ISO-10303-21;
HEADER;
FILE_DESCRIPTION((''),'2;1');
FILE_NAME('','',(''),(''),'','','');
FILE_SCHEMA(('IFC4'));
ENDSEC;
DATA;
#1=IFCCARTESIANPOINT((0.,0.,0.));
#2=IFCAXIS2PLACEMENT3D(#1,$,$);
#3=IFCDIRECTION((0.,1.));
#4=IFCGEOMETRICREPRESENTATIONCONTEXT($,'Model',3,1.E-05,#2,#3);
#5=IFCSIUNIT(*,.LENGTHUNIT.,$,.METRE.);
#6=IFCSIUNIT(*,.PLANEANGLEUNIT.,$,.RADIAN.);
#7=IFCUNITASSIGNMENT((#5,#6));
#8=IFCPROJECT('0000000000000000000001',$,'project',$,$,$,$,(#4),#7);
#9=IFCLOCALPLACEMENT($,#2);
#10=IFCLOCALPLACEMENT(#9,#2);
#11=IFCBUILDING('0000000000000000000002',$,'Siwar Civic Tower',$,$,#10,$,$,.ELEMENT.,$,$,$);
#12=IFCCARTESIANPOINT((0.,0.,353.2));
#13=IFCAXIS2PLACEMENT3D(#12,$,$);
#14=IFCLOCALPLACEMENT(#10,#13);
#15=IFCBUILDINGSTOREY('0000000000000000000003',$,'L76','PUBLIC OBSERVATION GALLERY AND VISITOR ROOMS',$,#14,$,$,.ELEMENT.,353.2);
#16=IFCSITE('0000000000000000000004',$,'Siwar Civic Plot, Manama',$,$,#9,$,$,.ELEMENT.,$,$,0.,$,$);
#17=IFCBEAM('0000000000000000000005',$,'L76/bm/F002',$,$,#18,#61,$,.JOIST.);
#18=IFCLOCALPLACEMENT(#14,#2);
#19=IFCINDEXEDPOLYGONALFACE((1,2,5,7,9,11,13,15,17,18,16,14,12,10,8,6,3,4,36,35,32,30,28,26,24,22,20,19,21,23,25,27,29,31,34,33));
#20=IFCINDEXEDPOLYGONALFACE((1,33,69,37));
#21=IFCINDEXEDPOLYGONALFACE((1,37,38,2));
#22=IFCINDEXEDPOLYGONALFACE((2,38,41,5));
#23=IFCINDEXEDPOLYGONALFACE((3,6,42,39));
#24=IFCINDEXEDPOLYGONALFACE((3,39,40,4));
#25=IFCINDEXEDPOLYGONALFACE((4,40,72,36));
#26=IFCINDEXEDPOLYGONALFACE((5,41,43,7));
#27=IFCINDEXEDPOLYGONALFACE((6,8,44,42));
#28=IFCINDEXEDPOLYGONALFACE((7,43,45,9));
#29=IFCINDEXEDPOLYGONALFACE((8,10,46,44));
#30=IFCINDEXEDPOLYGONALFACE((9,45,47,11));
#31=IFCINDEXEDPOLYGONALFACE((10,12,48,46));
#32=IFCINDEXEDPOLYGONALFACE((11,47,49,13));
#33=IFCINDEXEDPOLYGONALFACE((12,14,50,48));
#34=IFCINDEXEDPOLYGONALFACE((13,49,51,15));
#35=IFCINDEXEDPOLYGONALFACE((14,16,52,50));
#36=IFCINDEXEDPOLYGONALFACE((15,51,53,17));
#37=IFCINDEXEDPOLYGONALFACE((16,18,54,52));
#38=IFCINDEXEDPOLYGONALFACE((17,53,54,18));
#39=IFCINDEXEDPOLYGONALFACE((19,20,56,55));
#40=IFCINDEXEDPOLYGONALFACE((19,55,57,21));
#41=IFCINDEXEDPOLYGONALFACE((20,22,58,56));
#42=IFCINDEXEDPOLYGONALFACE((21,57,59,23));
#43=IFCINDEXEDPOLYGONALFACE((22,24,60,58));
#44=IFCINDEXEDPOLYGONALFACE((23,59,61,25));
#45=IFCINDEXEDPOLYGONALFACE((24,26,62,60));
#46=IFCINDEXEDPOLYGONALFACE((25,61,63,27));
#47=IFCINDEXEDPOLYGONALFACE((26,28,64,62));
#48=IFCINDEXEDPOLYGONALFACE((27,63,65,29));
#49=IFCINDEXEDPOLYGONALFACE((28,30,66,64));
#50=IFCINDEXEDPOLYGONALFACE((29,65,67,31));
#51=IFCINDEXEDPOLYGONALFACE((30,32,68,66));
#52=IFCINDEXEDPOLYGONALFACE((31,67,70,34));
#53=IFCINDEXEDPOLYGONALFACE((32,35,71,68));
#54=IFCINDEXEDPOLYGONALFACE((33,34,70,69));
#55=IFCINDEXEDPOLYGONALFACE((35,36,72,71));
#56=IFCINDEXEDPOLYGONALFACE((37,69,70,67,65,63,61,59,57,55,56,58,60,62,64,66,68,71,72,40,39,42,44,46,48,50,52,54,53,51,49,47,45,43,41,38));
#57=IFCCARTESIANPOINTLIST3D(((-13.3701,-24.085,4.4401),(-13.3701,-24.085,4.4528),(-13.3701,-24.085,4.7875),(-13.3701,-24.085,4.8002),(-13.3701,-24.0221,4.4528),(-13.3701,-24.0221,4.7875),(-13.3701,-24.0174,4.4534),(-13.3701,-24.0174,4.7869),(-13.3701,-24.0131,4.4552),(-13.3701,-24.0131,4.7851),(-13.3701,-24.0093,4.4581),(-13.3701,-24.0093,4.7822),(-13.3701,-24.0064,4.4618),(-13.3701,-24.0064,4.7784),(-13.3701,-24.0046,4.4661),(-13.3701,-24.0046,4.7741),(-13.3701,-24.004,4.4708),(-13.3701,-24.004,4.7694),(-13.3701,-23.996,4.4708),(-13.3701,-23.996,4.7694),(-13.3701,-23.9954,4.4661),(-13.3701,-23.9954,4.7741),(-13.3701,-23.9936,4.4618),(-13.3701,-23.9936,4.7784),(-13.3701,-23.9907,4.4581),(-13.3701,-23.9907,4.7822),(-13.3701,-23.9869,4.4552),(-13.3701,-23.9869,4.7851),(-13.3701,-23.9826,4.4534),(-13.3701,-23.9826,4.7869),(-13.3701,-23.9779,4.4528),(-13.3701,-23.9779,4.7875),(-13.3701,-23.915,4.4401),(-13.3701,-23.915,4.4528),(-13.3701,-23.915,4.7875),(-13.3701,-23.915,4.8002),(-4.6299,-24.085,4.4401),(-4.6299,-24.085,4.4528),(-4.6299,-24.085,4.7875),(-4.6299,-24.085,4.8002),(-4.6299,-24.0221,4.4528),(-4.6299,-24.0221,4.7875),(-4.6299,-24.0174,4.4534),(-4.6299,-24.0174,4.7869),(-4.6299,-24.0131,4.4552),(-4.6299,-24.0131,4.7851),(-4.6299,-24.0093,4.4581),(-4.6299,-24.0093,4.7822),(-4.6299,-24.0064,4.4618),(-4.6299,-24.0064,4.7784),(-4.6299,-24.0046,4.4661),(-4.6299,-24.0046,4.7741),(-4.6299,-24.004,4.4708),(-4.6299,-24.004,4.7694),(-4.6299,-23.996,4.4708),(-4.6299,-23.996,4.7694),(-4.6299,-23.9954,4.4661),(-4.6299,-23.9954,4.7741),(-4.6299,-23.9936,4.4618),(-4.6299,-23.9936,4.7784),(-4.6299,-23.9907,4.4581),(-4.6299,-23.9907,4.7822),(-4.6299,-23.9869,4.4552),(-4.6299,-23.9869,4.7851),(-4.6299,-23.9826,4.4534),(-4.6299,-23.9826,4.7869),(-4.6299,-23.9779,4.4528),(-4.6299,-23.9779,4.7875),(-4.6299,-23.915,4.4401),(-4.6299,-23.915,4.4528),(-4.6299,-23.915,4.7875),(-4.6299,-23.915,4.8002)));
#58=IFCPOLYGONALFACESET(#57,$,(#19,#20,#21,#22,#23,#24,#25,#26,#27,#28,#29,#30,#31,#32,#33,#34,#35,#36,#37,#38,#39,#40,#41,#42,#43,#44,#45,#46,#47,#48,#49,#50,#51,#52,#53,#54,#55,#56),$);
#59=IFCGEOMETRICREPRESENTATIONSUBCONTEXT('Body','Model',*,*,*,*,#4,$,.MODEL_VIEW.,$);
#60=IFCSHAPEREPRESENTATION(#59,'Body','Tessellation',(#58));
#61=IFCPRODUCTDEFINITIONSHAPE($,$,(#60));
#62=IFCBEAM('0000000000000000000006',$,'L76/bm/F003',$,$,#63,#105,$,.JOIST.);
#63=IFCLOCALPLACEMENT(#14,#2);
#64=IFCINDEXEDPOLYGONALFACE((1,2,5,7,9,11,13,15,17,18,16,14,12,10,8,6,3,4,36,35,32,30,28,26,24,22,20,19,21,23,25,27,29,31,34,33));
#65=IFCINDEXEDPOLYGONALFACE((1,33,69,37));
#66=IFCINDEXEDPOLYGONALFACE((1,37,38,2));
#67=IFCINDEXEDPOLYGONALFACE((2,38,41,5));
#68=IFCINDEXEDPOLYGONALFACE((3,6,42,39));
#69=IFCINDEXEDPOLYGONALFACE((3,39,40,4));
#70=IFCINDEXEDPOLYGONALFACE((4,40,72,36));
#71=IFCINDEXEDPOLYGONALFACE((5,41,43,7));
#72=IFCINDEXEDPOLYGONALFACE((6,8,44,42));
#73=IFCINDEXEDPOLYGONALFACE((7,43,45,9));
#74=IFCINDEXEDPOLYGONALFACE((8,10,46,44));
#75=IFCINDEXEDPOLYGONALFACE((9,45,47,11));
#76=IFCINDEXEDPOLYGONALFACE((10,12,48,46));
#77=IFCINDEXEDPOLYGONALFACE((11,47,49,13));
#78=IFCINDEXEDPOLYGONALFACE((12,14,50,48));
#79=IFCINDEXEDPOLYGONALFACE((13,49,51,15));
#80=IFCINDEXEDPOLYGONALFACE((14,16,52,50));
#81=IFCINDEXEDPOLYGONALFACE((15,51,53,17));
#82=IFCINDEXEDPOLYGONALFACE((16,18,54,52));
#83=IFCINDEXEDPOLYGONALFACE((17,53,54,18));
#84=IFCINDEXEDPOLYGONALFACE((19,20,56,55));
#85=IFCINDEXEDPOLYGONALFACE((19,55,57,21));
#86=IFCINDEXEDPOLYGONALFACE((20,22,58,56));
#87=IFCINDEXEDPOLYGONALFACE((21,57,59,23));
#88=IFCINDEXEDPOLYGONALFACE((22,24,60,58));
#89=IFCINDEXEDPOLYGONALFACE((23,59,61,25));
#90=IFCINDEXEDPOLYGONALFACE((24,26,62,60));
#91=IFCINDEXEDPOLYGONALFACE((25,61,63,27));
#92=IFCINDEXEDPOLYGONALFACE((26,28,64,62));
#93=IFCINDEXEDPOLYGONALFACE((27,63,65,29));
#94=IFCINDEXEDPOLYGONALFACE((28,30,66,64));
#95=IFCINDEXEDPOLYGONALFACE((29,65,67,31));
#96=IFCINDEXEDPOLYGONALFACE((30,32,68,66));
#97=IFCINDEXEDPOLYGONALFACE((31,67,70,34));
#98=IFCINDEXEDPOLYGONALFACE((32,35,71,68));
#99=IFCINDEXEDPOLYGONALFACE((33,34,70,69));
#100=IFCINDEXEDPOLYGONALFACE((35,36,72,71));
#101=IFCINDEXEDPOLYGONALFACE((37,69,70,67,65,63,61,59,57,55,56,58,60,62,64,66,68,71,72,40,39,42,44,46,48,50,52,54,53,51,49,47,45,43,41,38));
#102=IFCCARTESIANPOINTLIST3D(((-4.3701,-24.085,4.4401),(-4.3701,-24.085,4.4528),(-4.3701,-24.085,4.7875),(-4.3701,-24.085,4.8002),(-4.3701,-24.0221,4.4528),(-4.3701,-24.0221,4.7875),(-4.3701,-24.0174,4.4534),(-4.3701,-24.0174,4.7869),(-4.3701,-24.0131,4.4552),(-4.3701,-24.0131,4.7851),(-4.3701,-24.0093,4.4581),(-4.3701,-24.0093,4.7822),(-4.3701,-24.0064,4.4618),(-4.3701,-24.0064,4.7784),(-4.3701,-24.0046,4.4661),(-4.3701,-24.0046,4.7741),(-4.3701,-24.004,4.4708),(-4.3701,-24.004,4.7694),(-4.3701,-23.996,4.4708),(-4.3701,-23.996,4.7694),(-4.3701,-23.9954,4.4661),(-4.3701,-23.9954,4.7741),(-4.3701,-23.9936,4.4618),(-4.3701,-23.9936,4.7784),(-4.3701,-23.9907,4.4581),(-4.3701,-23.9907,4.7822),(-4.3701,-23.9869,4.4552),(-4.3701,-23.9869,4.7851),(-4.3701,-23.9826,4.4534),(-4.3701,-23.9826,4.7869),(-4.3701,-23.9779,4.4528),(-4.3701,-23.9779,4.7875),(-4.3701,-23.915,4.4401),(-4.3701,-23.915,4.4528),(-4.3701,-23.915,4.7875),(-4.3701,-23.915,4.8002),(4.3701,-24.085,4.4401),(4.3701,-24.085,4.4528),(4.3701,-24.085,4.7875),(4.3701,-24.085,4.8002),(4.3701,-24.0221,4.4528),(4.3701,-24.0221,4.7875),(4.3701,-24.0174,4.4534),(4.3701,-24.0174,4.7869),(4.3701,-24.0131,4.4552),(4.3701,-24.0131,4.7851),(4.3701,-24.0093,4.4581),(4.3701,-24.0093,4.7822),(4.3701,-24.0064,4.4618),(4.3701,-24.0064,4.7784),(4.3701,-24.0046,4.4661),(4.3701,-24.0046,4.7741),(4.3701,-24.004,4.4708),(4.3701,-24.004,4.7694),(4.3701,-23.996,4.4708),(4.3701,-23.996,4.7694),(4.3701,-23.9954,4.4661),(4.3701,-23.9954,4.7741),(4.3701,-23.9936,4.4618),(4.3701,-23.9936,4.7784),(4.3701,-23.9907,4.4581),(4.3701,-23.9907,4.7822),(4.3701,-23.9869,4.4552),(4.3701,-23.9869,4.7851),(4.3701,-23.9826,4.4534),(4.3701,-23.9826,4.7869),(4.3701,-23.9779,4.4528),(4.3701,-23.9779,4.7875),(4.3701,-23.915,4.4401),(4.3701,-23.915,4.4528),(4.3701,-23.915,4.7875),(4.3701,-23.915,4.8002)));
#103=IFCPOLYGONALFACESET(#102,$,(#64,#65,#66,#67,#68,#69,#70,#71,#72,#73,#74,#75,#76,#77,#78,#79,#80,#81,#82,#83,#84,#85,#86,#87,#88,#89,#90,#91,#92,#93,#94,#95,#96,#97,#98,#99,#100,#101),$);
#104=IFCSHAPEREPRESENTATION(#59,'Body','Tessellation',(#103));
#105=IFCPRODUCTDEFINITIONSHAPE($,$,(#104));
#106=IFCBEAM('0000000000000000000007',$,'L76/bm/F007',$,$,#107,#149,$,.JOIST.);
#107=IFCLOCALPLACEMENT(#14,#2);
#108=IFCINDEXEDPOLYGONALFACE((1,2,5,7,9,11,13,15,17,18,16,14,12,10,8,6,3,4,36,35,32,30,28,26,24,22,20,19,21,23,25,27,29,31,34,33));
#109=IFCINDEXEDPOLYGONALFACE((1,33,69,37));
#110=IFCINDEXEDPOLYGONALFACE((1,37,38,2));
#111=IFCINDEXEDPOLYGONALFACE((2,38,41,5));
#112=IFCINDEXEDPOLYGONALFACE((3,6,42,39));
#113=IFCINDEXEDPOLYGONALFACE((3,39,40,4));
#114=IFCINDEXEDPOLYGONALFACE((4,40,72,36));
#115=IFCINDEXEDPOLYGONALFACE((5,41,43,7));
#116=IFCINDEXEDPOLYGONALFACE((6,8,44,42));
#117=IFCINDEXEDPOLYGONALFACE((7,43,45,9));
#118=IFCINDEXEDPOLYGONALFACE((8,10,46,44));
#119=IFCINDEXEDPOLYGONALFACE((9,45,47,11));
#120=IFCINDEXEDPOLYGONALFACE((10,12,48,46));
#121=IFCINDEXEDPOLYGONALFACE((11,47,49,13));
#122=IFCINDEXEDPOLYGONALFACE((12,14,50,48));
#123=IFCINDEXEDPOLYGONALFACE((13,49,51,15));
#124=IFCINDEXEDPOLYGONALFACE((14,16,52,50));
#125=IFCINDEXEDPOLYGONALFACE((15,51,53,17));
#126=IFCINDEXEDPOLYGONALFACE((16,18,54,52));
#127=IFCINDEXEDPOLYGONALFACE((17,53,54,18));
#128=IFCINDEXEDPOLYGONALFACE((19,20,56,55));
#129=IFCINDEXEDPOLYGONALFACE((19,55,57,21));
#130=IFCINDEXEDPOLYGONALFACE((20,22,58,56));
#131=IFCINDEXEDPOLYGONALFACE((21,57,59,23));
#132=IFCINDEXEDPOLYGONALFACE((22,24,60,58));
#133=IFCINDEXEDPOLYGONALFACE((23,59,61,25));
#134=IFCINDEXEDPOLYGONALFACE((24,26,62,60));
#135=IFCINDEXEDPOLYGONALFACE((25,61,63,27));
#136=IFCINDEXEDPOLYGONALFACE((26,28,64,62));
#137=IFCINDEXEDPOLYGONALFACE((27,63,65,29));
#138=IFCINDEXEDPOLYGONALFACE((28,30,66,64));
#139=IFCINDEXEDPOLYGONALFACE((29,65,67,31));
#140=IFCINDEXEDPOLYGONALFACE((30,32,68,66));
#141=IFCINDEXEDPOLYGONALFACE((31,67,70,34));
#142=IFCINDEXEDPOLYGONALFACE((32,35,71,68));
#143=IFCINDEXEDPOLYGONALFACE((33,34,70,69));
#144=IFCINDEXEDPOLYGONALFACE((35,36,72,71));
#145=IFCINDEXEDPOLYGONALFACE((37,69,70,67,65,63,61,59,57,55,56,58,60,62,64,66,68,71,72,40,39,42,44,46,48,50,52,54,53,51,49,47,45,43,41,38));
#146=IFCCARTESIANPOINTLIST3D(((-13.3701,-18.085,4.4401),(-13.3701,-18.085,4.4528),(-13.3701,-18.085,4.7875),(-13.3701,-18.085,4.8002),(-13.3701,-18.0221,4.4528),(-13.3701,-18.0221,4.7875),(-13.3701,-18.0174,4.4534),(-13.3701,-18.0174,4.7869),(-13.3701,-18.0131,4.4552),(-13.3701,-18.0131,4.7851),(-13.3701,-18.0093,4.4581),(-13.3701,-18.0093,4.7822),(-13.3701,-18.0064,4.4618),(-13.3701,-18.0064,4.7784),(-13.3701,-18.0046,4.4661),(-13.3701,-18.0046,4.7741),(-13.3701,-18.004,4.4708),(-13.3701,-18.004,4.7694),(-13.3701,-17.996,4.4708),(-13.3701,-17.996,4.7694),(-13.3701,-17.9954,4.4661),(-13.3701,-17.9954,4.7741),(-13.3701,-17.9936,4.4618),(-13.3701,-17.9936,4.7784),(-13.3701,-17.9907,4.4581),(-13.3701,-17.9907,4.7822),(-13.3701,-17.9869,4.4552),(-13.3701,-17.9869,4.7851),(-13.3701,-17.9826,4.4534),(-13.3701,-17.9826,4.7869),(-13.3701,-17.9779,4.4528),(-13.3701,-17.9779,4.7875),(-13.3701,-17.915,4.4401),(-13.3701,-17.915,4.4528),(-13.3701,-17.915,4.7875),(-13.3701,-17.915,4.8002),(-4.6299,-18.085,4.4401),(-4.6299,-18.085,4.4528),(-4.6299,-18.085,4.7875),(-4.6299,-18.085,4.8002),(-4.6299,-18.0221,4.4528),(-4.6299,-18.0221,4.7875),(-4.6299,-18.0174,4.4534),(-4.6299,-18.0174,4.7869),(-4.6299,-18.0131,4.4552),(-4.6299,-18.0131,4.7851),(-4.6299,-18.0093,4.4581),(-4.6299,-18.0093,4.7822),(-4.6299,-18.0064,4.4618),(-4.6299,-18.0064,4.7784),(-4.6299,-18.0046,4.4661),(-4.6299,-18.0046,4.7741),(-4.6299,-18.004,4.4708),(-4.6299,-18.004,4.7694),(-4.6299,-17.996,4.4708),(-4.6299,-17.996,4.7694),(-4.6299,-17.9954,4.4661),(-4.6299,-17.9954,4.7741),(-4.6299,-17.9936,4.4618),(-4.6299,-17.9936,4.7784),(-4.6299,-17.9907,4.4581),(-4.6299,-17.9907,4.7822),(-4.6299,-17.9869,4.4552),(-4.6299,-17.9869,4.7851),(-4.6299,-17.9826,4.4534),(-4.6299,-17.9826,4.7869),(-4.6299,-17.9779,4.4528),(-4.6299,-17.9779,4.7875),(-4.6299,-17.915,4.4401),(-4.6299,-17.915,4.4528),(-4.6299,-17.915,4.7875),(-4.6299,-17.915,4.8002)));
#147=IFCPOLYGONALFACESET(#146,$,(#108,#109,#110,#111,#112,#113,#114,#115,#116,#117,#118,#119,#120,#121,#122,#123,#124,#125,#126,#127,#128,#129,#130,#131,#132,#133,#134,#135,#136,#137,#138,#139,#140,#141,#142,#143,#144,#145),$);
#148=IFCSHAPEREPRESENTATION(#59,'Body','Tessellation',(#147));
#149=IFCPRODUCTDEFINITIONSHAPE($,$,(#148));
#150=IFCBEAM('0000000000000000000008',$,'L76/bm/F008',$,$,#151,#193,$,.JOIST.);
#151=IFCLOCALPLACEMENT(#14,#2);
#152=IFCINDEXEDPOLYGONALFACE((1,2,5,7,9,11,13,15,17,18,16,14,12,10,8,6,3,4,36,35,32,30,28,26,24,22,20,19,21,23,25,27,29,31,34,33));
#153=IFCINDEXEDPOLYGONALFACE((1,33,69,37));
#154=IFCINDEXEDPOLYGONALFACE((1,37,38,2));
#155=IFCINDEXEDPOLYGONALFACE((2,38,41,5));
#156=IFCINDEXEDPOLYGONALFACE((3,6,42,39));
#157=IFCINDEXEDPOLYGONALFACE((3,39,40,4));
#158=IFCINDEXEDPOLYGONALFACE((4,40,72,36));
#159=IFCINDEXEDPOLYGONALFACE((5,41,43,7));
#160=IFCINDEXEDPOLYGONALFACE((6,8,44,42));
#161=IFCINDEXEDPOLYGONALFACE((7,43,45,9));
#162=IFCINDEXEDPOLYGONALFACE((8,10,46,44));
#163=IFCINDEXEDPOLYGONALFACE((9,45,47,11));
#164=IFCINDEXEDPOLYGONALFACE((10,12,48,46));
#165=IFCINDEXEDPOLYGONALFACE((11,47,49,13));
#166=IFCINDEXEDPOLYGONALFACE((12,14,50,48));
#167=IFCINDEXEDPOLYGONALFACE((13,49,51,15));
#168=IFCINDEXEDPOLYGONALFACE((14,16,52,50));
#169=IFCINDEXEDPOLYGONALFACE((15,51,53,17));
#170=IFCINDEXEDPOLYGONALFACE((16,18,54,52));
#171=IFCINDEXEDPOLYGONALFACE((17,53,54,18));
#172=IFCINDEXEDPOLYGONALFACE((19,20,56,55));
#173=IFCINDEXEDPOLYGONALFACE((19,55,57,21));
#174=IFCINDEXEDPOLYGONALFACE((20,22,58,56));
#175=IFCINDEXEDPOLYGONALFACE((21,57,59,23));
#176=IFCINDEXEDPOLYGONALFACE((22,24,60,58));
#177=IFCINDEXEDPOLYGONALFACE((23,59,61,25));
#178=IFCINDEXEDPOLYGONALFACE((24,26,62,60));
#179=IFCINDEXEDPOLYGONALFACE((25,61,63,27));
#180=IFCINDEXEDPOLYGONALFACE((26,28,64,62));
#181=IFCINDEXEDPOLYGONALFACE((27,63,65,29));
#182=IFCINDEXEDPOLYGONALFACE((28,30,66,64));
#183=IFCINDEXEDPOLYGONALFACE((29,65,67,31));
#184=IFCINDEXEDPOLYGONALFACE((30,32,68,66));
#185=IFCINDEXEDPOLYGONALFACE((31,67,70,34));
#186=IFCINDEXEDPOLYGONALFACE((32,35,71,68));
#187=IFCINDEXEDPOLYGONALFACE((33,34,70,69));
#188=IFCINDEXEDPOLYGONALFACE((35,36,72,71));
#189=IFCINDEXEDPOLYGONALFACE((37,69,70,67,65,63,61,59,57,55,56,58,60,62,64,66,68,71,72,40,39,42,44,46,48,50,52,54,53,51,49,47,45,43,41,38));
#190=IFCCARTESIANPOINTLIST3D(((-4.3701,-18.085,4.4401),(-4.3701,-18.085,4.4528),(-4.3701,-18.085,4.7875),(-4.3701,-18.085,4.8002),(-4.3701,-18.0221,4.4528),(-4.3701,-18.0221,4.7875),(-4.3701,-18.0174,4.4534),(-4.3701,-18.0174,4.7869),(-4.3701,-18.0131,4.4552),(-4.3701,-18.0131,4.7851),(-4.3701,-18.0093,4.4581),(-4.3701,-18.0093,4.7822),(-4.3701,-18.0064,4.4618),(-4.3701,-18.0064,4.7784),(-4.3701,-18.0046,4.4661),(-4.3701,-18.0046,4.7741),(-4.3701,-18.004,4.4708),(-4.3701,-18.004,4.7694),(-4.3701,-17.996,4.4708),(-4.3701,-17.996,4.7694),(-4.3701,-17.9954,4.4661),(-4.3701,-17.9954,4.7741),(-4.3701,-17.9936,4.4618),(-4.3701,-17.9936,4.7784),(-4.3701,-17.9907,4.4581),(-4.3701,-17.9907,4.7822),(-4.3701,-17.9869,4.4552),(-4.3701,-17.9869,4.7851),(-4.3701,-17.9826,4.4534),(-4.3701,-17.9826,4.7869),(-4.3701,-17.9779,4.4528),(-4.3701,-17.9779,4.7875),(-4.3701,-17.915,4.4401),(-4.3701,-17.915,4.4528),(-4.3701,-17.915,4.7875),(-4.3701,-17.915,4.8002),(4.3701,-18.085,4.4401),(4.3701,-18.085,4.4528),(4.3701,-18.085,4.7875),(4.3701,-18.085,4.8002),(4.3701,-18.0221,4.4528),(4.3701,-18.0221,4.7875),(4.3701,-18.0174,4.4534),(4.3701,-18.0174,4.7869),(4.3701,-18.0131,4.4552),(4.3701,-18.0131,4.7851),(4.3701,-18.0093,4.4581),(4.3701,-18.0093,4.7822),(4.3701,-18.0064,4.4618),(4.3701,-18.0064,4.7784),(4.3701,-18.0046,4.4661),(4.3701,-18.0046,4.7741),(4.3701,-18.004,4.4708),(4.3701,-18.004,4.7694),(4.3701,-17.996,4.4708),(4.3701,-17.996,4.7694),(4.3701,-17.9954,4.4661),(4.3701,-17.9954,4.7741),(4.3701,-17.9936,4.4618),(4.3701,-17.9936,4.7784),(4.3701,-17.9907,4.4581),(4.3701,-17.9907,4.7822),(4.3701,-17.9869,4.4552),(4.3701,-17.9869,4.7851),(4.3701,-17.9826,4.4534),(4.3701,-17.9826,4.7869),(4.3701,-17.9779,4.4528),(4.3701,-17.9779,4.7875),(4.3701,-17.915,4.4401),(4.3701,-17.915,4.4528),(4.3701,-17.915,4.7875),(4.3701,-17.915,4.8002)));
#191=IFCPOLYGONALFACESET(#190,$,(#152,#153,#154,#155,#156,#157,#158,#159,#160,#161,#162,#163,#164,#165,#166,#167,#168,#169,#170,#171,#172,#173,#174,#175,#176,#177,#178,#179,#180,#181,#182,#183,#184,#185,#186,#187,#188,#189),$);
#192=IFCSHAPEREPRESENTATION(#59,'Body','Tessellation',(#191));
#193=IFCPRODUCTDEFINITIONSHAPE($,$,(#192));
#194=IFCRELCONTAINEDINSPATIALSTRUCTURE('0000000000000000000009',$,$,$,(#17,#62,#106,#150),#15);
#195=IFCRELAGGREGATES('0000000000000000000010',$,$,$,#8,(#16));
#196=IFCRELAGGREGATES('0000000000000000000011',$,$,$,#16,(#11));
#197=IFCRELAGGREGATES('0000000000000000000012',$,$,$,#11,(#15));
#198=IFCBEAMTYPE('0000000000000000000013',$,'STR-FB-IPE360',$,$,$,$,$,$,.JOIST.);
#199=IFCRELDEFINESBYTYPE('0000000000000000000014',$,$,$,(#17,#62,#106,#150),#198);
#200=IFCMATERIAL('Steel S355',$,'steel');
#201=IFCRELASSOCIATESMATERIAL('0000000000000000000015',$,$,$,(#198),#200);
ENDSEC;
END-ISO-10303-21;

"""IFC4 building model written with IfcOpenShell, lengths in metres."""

from ifc_helpers import new_model, si_unit, direction, frame, origin, origin_2d, place, context, subcontext, project, spatial, i_section, extrude, material, material_profile, profile_set, type_object, element, save


model = new_model("IFC4")

# Units and contexts
model_context = context("Model", 3, precision=1e-05, world=origin(), true_north=direction((0.0, 1.0)))
body_context = subcontext(model_context, "Body", "Model", "MODEL_VIEW")
ifc_project = project(units=[si_unit("LENGTHUNIT", "METRE"), si_unit("PLANEANGLEUNIT", "RADIAN")], contexts=[model_context])

# Site, building, storey
site_placement = place(None, origin())
site = spatial("IfcSite", under=ifc_project, at=site_placement, Name="Siwar Civic Plot, Manama", CompositionType="ELEMENT", RefElevation=0.0)
building_placement = place(site_placement, origin())
building = spatial("IfcBuilding", under=site, at=building_placement, Name="Siwar Civic Tower", CompositionType="ELEMENT")
storey_placement = place(building_placement, frame((0.0, 0.0, 353.2)))
storey = spatial("IfcBuildingStorey", under=building, at=storey_placement, Name="L76", Description="PUBLIC OBSERVATION GALLERY AND VISITOR ROOMS", CompositionType="ELEMENT", Elevation=353.2)

# Beams
ifc_material_1 = material(Name="Steel S355", Category="steel")
ifc_material_profile_1 = material_profile(ifc_material_1, i_section(OverallWidth=0.1699, OverallDepth=0.3601, WebThickness=0.0081, FlangeThickness=0.0127, FilletRadius=0.0181, at=origin_2d()), Name="IPE360")
ifc_profile_set_1 = profile_set([ifc_material_profile_1], Name="Steel S355")
beam_type_1 = type_object("IfcBeamType", Name="STR-FB-IPE360", PredefinedType="JOIST", material=ifc_profile_set_1)
for number, where, z_axis, x_axis, name in (
    (1, (-13.3701, -24.0, 4.6201), (1.0, 0.0, 0.0), (0.0, 1.0, 0.0), "L76/bm/F002"),
    (2, (-4.3701, -24.0, 4.6201), (1.0, 0.0, 0.0), (0.0, 1.0, 0.0), "L76/bm/F003"),
    (3, (-13.3701, -18.0, 4.6201), (1.0, 0.0, 0.0), (0.0, 1.0, 0.0), "L76/bm/F007"),
    (4, (-4.3701, -18.0, 4.6201), (1.0, 0.0, 0.0), (0.0, 1.0, 0.0), "L76/bm/F008"),
):
    element("IfcBeam", number, at=place(storey_placement, frame(where, z_axis=z_axis, x_axis=x_axis)), inside=storey, type_object=beam_type_1, Name=name, PredefinedType="JOIST", context=body_context, shape_type="SweptSolid", body=[
        extrude(i_section(OverallWidth=0.1699, OverallDepth=0.3601, WebThickness=0.0081, FlangeThickness=0.0127, FilletRadius=0.0181, at=origin_2d()), origin(), (0.0, 0.0, 1.0), 8.7402),
    ])

save(model, "model.ifc")
